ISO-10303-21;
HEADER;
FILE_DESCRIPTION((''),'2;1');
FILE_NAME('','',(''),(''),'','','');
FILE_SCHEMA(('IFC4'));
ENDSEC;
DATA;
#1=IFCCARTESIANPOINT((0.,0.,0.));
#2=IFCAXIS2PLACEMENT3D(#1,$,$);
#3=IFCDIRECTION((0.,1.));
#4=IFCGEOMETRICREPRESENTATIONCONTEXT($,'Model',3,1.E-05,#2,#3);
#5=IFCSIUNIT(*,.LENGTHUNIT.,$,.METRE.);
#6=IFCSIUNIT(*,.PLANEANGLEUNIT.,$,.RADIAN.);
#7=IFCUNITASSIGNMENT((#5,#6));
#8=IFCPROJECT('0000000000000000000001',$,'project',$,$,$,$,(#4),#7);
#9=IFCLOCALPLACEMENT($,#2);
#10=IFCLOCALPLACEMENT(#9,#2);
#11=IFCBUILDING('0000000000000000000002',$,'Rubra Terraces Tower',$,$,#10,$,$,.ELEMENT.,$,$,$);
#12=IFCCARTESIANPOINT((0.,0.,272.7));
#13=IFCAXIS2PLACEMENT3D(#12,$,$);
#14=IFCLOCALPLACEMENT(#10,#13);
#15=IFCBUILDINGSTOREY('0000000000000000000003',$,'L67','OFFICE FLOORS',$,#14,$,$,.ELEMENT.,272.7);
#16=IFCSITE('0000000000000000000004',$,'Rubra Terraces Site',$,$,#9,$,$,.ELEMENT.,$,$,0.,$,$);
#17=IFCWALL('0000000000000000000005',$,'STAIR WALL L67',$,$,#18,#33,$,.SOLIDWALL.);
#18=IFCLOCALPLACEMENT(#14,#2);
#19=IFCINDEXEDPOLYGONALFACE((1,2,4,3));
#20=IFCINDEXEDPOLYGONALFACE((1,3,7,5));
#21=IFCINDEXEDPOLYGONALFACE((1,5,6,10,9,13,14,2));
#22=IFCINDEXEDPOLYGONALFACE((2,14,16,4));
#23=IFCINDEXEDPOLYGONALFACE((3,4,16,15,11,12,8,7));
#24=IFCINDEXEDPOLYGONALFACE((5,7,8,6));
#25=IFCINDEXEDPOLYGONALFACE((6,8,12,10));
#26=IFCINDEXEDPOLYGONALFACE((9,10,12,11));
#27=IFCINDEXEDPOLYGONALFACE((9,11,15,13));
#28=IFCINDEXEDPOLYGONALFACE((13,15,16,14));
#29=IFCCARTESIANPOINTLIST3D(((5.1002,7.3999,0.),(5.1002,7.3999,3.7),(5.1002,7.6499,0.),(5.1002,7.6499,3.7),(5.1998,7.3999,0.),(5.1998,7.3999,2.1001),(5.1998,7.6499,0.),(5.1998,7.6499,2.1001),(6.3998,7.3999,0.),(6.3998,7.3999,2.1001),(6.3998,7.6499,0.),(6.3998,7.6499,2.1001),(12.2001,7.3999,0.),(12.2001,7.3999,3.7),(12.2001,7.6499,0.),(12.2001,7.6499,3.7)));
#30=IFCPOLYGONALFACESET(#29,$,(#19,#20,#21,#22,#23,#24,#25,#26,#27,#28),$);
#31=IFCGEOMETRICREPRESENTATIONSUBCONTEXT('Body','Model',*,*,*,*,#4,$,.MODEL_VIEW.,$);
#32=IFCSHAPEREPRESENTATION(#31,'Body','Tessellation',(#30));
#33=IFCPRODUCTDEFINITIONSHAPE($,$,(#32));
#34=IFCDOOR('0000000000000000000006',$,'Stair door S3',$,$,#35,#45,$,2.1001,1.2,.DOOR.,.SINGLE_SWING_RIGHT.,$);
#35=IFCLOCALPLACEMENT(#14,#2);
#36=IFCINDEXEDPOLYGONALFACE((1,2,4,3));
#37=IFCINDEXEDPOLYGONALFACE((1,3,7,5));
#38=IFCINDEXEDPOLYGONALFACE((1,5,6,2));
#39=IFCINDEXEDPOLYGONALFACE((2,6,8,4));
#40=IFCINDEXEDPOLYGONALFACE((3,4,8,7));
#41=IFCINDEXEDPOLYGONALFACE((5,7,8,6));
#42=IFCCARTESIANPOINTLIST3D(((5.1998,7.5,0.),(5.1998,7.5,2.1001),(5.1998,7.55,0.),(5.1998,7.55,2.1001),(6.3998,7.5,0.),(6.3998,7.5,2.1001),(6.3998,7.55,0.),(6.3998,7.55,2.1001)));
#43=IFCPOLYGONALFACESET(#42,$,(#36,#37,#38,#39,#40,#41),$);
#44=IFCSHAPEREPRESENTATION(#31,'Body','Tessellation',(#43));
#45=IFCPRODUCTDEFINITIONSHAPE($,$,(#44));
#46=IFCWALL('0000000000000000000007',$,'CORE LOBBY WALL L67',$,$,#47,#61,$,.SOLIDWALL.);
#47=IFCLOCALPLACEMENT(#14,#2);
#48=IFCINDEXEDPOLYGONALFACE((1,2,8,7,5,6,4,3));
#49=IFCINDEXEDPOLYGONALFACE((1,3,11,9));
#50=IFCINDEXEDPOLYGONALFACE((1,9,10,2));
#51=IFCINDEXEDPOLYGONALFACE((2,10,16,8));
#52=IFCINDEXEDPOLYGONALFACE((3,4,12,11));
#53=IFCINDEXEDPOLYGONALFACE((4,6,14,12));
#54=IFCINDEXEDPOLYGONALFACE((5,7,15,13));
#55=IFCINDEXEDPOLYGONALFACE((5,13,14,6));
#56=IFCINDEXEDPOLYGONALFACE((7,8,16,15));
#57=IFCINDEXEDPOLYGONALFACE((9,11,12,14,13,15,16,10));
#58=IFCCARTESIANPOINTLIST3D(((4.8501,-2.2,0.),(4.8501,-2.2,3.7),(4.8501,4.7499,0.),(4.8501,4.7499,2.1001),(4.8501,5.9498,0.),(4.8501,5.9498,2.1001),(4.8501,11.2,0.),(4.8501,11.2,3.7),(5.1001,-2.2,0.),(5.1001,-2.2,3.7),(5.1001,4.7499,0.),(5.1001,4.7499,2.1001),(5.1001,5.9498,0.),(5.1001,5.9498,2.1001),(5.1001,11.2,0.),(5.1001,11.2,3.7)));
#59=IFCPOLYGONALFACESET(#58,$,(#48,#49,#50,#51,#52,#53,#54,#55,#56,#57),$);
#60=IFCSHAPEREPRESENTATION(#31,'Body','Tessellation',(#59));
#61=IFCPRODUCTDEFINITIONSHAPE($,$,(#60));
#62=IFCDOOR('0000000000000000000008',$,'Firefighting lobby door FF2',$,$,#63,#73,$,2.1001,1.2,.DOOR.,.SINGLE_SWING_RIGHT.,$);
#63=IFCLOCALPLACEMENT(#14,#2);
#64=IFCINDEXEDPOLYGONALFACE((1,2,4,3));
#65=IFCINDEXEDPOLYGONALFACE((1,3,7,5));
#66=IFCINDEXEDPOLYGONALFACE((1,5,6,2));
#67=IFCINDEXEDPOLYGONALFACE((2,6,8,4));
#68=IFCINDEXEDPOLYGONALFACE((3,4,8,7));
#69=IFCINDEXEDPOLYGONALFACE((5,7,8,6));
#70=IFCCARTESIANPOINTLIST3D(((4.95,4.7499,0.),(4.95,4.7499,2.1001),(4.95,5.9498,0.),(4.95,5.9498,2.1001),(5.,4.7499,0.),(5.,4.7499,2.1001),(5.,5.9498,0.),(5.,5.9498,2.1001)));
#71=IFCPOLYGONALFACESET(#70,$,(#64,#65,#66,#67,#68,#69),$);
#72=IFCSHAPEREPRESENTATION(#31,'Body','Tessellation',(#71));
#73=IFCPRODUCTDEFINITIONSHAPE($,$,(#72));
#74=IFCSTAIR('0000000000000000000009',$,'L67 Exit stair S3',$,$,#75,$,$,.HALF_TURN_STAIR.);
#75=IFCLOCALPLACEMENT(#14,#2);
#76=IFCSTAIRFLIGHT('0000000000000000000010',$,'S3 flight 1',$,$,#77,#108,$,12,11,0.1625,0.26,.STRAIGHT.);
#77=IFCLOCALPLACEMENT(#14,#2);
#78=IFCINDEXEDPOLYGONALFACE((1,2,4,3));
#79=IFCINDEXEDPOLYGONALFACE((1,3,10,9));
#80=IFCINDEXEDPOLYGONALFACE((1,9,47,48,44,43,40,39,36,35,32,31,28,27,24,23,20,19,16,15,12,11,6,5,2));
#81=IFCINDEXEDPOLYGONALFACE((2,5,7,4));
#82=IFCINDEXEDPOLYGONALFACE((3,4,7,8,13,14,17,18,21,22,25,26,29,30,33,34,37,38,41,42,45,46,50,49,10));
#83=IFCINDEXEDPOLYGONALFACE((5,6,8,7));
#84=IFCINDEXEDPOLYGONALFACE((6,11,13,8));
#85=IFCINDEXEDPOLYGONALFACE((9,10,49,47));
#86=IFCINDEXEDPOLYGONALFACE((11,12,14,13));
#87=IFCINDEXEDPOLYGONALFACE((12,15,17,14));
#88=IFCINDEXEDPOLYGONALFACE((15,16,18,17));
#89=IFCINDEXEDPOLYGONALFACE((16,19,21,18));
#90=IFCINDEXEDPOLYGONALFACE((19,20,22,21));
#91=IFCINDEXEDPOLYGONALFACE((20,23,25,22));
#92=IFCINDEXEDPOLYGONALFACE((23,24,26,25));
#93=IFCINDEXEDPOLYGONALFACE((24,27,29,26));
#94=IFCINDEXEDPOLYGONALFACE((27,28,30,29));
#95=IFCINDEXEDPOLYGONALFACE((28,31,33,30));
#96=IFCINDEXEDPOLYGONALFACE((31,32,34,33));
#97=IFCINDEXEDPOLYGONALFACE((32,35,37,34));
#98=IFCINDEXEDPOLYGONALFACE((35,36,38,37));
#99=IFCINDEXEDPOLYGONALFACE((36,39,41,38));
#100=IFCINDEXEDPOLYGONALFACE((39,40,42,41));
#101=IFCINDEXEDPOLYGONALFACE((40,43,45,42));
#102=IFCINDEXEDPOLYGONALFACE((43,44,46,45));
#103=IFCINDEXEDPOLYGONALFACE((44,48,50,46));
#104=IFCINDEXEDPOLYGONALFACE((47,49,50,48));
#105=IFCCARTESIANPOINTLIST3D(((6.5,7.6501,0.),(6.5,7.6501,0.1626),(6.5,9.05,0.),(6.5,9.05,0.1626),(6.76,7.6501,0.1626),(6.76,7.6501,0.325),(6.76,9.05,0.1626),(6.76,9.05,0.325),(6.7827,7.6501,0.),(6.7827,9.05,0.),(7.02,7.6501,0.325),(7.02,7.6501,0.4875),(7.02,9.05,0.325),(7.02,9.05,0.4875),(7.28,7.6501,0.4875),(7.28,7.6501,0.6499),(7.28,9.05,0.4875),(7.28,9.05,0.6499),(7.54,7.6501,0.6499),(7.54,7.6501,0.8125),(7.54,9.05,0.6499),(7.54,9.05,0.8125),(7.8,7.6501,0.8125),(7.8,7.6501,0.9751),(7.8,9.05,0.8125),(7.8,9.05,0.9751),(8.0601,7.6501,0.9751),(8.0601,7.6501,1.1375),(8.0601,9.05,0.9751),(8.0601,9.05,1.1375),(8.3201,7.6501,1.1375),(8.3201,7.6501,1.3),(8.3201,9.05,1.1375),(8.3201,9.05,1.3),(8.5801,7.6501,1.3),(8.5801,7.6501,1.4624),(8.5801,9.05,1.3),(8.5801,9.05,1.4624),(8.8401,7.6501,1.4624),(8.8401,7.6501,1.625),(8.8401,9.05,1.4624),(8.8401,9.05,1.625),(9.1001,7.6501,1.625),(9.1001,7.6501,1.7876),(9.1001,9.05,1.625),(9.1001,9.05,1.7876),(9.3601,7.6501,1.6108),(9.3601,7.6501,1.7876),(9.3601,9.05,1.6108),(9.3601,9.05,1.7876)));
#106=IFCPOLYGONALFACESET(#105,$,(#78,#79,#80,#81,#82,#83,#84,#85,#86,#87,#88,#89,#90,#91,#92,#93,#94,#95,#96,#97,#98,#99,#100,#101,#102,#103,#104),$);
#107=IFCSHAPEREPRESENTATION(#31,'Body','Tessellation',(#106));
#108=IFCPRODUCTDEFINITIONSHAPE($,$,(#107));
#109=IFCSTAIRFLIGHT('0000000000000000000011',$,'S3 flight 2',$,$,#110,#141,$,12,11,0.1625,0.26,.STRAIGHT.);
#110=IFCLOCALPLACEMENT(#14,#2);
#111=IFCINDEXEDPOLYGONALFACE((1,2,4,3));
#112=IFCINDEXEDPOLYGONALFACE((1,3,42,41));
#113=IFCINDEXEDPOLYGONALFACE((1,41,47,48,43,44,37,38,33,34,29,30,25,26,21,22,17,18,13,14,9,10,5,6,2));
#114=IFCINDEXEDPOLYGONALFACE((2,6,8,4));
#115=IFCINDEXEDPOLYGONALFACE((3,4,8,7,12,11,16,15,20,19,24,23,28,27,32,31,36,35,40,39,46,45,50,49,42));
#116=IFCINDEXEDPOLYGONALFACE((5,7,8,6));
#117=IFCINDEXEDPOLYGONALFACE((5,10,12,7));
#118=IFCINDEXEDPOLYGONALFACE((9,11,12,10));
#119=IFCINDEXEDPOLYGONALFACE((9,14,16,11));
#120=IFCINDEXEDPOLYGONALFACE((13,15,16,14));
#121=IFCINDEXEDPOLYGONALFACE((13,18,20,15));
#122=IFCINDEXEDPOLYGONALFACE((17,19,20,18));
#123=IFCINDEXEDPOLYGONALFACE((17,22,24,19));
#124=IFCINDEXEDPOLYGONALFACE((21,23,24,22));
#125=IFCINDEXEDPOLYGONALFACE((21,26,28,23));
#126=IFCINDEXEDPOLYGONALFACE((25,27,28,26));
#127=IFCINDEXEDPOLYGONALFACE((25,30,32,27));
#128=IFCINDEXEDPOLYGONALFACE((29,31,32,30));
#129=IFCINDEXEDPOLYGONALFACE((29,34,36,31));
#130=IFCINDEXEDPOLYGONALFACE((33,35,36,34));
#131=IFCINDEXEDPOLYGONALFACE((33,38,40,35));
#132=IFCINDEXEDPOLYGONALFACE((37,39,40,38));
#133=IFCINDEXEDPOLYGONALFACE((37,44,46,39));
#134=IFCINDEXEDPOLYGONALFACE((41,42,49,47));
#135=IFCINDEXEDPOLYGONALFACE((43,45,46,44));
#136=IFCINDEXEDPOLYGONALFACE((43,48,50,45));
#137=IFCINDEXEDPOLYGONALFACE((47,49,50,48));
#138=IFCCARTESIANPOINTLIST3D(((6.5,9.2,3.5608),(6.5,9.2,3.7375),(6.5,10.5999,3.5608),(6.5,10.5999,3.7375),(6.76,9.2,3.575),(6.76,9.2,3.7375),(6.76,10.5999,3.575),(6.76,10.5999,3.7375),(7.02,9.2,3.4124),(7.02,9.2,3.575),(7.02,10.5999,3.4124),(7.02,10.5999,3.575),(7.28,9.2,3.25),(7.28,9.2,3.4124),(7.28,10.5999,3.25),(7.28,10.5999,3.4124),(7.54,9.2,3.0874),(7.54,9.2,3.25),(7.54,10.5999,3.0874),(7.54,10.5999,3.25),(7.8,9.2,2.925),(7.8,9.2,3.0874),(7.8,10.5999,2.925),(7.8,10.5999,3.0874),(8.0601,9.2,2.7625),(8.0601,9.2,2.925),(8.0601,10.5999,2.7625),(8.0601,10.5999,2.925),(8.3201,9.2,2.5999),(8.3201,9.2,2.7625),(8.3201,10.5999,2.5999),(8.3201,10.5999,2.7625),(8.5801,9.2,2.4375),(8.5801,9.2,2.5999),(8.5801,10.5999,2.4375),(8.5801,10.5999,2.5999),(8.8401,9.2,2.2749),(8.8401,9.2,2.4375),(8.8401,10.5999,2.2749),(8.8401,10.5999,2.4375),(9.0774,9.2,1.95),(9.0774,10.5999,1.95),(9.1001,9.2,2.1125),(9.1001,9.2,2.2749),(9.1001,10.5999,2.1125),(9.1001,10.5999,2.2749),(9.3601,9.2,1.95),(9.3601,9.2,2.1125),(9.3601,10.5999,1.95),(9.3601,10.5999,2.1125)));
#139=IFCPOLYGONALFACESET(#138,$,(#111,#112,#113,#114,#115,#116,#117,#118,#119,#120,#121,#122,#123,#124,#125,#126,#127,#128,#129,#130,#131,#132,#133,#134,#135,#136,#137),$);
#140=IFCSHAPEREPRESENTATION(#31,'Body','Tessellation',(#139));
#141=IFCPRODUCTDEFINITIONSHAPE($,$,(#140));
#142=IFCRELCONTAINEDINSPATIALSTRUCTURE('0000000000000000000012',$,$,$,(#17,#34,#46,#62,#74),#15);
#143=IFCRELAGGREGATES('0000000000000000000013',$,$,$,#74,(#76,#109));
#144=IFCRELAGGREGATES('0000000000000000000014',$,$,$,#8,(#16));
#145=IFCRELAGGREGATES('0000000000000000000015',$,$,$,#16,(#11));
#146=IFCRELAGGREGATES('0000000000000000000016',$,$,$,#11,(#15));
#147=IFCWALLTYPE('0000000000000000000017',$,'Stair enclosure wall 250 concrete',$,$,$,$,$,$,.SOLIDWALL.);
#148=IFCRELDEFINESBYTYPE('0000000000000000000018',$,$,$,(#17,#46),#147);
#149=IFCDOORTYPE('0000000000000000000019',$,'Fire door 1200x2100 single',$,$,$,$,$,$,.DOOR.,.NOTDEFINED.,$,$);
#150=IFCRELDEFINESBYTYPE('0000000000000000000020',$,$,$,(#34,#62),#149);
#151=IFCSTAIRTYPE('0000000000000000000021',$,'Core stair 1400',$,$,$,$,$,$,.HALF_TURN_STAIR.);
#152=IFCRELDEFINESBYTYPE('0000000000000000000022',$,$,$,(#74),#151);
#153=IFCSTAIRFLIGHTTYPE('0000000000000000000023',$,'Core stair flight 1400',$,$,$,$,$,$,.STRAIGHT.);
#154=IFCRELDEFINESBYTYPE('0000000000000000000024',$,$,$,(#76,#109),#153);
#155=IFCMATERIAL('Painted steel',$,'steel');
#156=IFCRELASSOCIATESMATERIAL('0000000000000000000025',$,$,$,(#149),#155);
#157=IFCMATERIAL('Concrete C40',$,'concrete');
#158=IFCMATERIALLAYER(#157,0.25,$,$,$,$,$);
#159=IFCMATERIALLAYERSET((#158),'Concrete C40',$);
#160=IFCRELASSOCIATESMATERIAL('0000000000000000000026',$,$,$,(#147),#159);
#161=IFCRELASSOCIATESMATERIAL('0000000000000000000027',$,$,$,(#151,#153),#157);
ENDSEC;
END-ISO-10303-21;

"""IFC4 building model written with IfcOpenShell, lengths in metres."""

from ifc_helpers import new_model, si_unit, direction, frame, frame_2d, origin, place, context, subcontext, project, spatial, polyline, rectangle, outline, extrude, material, layer, layer_set, type_object, element, fill, aggregate, save


model = new_model("IFC4")

# Units and contexts
model_context = context("Model", 3, precision=1e-05, world=origin(), true_north=direction((0.0, 1.0)))
body_context = subcontext(model_context, "Body", "Model", "MODEL_VIEW")
ifc_project = project(units=[si_unit("LENGTHUNIT", "METRE"), si_unit("PLANEANGLEUNIT", "RADIAN")], contexts=[model_context])

# Site, building, storey
site_placement = place(None, origin())
site = spatial("IfcSite", under=ifc_project, at=site_placement, Name="Rubra Terraces Site", CompositionType="ELEMENT", RefElevation=0.0)
building_placement = place(site_placement, origin())
building = spatial("IfcBuilding", under=site, at=building_placement, Name="Rubra Terraces Tower", CompositionType="ELEMENT")
storey_placement = place(building_placement, frame((0.0, 0.0, 272.7)))
storey = spatial("IfcBuildingStorey", under=building, at=storey_placement, Name="L67", Description="OFFICE FLOORS", CompositionType="ELEMENT", Elevation=272.7)

# Shared definitions
ifc_material_1 = material(Name="Concrete C40", Category="concrete")

# Shared definitions
ifc_material_2 = material(Name="Painted steel", Category="steel")
door_type_1 = type_object("IfcDoorType", Name="Fire door 1200x2100 single", OperationType="NOTDEFINED", PredefinedType="DOOR", material=ifc_material_2)

# Walls, openings, doors
ifc_layer_1 = layer(ifc_material_1, 0.25)
ifc_layer_set_1 = layer_set([ifc_layer_1], Name="Concrete C40")
wall_type_1 = type_object("IfcWallType", Name="Stair enclosure wall 250 concrete", PredefinedType="SOLIDWALL", material=ifc_layer_set_1)
wall_1_placement = place(storey_placement, frame((12.2, 7.5249, 0.0), z_axis=(0.0, 0.0, 1.0), x_axis=(-1.0, 0.0, 0.0)))
wall_1 = element("IfcWall", 1, at=wall_1_placement, inside=storey, type_object=wall_type_1, Name="STAIR WALL L67", PredefinedType="SOLIDWALL", context=body_context, shape_type="SweptSolid", body=[
    extrude(rectangle(XDim=7.0999, YDim=0.25, at=frame_2d((3.5498, 0.0))), origin(), (0.0, 0.0, 1.0), 3.7),
])
opening_1_placement = place(wall_1_placement, frame((5.8, 0.0, 0.0)))
opening_1 = element("IfcOpeningElement", 2, at=opening_1_placement, cuts=wall_1, PredefinedType="OPENING", context=body_context, shape_type="SweptSolid", body=[
    extrude(rectangle(XDim=1.2, YDim=2.1001, at=frame_2d((0.6001, 1.05))), frame((0.0, 0.135, 0.0), z_axis=(0.0, -1.0, 0.0), x_axis=(1.0, 0.0, 0.0)), (0.0, 0.0, 1.0), 0.27),
])
door_1_placement = place(opening_1_placement, origin())
door_1 = element("IfcDoor", 3, at=door_1_placement, inside=storey, type_object=door_type_1, Name="Stair door S3", OperationType="SINGLE_SWING_RIGHT", OverallHeight=2.1001, OverallWidth=1.2, PredefinedType="DOOR", context=body_context, shape_type="SweptSolid", body=[
    extrude(rectangle(XDim=1.2, YDim=2.1001, at=frame_2d((0.6001, 1.05))), frame((0.0, 0.0249, 0.0), z_axis=(0.0, -1.0, 0.0), x_axis=(1.0, 0.0, 0.0)), (0.0, 0.0, 1.0), 0.05),
])
fill(opening_1, door_1)
wall_2_placement = place(storey_placement, frame((4.9751, 11.2, 0.0), z_axis=(0.0, 0.0, 1.0), x_axis=(0.0, -1.0, 0.0)))
wall_2 = element("IfcWall", 4, at=wall_2_placement, inside=storey, type_object=wall_type_1, Name="CORE LOBBY WALL L67", PredefinedType="SOLIDWALL", context=body_context, shape_type="SweptSolid", body=[
    extrude(rectangle(XDim=13.3999, YDim=0.25, at=frame_2d((6.7, 0.0))), origin(), (0.0, 0.0, 1.0), 3.7),
])
opening_2_placement = place(wall_2_placement, frame((5.25, 0.0, 0.0)))
opening_2 = element("IfcOpeningElement", 5, at=opening_2_placement, cuts=wall_2, PredefinedType="OPENING", context=body_context, shape_type="SweptSolid", body=[
    extrude(rectangle(XDim=1.2, YDim=2.1001, at=frame_2d((0.6001, 1.05))), frame((0.0, 0.135, 0.0), z_axis=(0.0, -1.0, 0.0), x_axis=(1.0, 0.0, 0.0)), (0.0, 0.0, 1.0), 0.27),
])
door_2_placement = place(opening_2_placement, origin())
door_2 = element("IfcDoor", 6, at=door_2_placement, inside=storey, type_object=door_type_1, Name="Firefighting lobby door FF2", OperationType="SINGLE_SWING_RIGHT", OverallHeight=2.1001, OverallWidth=1.2, PredefinedType="DOOR", context=body_context, shape_type="SweptSolid", body=[
    extrude(rectangle(XDim=1.2, YDim=2.1001, at=frame_2d((0.6001, 1.05))), frame((0.0, 0.0249, 0.0), z_axis=(0.0, -1.0, 0.0), x_axis=(1.0, 0.0, 0.0)), (0.0, 0.0, 1.0), 0.05),
])
fill(opening_2, door_2)

# Stair, stair flights
stair_type = type_object("IfcStairType", Name="Core stair 1400", PredefinedType="HALF_TURN_STAIR", material=ifc_material_1)
stair_placement = place(storey_placement, origin())
stair = element("IfcStair", 7, at=stair_placement, inside=storey, type_object=stair_type, Name="L67 Exit stair S3", PredefinedType="HALF_TURN_STAIR")
stair_flight_type = type_object("IfcStairFlightType", Name="Core stair flight 1400", PredefinedType="STRAIGHT", material=ifc_material_1)
stair_flight_1_placement = place(storey_placement, frame((6.5, 8.3501, 0.0), z_axis=(0.0, 0.0, 1.0), x_axis=(1.0, 0.0, 0.0)))
stair_flight_1 = element("IfcStairFlight", 8, at=stair_flight_1_placement, type_object=stair_flight_type, Name="S3 flight 1", NumberOfRisers=12, NumberOfTreads=11, PredefinedType="STRAIGHT", RiserHeight=0.1625, TreadLength=0.26, context=body_context, shape_type="SweptSolid", body=[
    extrude(outline(polyline([(0.0, 0.0), (0.0, 0.1626), (0.26, 0.1626), (0.26, 0.325), (0.52, 0.325), (0.52, 0.4875), (0.78, 0.4875), (0.78, 0.6499), (1.04, 0.6499), (1.04, 0.8125), (1.3, 0.8125), (1.3, 0.9751), (1.5601, 0.9751), (1.5601, 1.1375), (1.8201, 1.1375), (1.8201, 1.3), (2.0801, 1.3), (2.0801, 1.4624), (2.3401, 1.4624), (2.3401, 1.625), (2.6001, 1.625), (2.6001, 1.7876), (2.8601, 1.7876), (2.8601, 1.95), (2.8601, 1.6108), (0.2827, 0.0), (0.0, 0.0)])), frame((0.0, 0.7, 0.0), z_axis=(0.0, -1.0, 0.0), x_axis=(1.0, 0.0, 0.0)), (0.0, 0.0, 1.0), 1.3999),
])
stair_flight_2_placement = place(storey_placement, frame((9.3601, 9.8999, 1.95), z_axis=(0.0, 0.0, 1.0), x_axis=(-1.0, 0.0, 0.0)))
stair_flight_2 = element("IfcStairFlight", 9, at=stair_flight_2_placement, type_object=stair_flight_type, Name="S3 flight 2", NumberOfRisers=12, NumberOfTreads=11, PredefinedType="STRAIGHT", RiserHeight=0.1625, TreadLength=0.26, context=body_context, shape_type="SweptSolid", body=[
    extrude(outline(polyline([(0.0, 0.0), (0.0, 0.1626), (0.26, 0.1626), (0.26, 0.325), (0.52, 0.325), (0.52, 0.4875), (0.78, 0.4875), (0.78, 0.6499), (1.04, 0.6499), (1.04, 0.8125), (1.3, 0.8125), (1.3, 0.9751), (1.5601, 0.9751), (1.5601, 1.1375), (1.8201, 1.1375), (1.8201, 1.3), (2.0801, 1.3), (2.0801, 1.4624), (2.3401, 1.4624), (2.3401, 1.625), (2.6001, 1.625), (2.6001, 1.7876), (2.8601, 1.7876), (2.8601, 1.95), (2.8601, 1.6108), (0.2827, 0.0), (0.0, 0.0)])), frame((0.0, 0.7, 0.0), z_axis=(0.0, -1.0, 0.0), x_axis=(1.0, 0.0, 0.0)), (0.0, 0.0, 1.0), 1.3999),
])
aggregate(stair, [stair_flight_1, stair_flight_2])

save(model, "model.ifc")
